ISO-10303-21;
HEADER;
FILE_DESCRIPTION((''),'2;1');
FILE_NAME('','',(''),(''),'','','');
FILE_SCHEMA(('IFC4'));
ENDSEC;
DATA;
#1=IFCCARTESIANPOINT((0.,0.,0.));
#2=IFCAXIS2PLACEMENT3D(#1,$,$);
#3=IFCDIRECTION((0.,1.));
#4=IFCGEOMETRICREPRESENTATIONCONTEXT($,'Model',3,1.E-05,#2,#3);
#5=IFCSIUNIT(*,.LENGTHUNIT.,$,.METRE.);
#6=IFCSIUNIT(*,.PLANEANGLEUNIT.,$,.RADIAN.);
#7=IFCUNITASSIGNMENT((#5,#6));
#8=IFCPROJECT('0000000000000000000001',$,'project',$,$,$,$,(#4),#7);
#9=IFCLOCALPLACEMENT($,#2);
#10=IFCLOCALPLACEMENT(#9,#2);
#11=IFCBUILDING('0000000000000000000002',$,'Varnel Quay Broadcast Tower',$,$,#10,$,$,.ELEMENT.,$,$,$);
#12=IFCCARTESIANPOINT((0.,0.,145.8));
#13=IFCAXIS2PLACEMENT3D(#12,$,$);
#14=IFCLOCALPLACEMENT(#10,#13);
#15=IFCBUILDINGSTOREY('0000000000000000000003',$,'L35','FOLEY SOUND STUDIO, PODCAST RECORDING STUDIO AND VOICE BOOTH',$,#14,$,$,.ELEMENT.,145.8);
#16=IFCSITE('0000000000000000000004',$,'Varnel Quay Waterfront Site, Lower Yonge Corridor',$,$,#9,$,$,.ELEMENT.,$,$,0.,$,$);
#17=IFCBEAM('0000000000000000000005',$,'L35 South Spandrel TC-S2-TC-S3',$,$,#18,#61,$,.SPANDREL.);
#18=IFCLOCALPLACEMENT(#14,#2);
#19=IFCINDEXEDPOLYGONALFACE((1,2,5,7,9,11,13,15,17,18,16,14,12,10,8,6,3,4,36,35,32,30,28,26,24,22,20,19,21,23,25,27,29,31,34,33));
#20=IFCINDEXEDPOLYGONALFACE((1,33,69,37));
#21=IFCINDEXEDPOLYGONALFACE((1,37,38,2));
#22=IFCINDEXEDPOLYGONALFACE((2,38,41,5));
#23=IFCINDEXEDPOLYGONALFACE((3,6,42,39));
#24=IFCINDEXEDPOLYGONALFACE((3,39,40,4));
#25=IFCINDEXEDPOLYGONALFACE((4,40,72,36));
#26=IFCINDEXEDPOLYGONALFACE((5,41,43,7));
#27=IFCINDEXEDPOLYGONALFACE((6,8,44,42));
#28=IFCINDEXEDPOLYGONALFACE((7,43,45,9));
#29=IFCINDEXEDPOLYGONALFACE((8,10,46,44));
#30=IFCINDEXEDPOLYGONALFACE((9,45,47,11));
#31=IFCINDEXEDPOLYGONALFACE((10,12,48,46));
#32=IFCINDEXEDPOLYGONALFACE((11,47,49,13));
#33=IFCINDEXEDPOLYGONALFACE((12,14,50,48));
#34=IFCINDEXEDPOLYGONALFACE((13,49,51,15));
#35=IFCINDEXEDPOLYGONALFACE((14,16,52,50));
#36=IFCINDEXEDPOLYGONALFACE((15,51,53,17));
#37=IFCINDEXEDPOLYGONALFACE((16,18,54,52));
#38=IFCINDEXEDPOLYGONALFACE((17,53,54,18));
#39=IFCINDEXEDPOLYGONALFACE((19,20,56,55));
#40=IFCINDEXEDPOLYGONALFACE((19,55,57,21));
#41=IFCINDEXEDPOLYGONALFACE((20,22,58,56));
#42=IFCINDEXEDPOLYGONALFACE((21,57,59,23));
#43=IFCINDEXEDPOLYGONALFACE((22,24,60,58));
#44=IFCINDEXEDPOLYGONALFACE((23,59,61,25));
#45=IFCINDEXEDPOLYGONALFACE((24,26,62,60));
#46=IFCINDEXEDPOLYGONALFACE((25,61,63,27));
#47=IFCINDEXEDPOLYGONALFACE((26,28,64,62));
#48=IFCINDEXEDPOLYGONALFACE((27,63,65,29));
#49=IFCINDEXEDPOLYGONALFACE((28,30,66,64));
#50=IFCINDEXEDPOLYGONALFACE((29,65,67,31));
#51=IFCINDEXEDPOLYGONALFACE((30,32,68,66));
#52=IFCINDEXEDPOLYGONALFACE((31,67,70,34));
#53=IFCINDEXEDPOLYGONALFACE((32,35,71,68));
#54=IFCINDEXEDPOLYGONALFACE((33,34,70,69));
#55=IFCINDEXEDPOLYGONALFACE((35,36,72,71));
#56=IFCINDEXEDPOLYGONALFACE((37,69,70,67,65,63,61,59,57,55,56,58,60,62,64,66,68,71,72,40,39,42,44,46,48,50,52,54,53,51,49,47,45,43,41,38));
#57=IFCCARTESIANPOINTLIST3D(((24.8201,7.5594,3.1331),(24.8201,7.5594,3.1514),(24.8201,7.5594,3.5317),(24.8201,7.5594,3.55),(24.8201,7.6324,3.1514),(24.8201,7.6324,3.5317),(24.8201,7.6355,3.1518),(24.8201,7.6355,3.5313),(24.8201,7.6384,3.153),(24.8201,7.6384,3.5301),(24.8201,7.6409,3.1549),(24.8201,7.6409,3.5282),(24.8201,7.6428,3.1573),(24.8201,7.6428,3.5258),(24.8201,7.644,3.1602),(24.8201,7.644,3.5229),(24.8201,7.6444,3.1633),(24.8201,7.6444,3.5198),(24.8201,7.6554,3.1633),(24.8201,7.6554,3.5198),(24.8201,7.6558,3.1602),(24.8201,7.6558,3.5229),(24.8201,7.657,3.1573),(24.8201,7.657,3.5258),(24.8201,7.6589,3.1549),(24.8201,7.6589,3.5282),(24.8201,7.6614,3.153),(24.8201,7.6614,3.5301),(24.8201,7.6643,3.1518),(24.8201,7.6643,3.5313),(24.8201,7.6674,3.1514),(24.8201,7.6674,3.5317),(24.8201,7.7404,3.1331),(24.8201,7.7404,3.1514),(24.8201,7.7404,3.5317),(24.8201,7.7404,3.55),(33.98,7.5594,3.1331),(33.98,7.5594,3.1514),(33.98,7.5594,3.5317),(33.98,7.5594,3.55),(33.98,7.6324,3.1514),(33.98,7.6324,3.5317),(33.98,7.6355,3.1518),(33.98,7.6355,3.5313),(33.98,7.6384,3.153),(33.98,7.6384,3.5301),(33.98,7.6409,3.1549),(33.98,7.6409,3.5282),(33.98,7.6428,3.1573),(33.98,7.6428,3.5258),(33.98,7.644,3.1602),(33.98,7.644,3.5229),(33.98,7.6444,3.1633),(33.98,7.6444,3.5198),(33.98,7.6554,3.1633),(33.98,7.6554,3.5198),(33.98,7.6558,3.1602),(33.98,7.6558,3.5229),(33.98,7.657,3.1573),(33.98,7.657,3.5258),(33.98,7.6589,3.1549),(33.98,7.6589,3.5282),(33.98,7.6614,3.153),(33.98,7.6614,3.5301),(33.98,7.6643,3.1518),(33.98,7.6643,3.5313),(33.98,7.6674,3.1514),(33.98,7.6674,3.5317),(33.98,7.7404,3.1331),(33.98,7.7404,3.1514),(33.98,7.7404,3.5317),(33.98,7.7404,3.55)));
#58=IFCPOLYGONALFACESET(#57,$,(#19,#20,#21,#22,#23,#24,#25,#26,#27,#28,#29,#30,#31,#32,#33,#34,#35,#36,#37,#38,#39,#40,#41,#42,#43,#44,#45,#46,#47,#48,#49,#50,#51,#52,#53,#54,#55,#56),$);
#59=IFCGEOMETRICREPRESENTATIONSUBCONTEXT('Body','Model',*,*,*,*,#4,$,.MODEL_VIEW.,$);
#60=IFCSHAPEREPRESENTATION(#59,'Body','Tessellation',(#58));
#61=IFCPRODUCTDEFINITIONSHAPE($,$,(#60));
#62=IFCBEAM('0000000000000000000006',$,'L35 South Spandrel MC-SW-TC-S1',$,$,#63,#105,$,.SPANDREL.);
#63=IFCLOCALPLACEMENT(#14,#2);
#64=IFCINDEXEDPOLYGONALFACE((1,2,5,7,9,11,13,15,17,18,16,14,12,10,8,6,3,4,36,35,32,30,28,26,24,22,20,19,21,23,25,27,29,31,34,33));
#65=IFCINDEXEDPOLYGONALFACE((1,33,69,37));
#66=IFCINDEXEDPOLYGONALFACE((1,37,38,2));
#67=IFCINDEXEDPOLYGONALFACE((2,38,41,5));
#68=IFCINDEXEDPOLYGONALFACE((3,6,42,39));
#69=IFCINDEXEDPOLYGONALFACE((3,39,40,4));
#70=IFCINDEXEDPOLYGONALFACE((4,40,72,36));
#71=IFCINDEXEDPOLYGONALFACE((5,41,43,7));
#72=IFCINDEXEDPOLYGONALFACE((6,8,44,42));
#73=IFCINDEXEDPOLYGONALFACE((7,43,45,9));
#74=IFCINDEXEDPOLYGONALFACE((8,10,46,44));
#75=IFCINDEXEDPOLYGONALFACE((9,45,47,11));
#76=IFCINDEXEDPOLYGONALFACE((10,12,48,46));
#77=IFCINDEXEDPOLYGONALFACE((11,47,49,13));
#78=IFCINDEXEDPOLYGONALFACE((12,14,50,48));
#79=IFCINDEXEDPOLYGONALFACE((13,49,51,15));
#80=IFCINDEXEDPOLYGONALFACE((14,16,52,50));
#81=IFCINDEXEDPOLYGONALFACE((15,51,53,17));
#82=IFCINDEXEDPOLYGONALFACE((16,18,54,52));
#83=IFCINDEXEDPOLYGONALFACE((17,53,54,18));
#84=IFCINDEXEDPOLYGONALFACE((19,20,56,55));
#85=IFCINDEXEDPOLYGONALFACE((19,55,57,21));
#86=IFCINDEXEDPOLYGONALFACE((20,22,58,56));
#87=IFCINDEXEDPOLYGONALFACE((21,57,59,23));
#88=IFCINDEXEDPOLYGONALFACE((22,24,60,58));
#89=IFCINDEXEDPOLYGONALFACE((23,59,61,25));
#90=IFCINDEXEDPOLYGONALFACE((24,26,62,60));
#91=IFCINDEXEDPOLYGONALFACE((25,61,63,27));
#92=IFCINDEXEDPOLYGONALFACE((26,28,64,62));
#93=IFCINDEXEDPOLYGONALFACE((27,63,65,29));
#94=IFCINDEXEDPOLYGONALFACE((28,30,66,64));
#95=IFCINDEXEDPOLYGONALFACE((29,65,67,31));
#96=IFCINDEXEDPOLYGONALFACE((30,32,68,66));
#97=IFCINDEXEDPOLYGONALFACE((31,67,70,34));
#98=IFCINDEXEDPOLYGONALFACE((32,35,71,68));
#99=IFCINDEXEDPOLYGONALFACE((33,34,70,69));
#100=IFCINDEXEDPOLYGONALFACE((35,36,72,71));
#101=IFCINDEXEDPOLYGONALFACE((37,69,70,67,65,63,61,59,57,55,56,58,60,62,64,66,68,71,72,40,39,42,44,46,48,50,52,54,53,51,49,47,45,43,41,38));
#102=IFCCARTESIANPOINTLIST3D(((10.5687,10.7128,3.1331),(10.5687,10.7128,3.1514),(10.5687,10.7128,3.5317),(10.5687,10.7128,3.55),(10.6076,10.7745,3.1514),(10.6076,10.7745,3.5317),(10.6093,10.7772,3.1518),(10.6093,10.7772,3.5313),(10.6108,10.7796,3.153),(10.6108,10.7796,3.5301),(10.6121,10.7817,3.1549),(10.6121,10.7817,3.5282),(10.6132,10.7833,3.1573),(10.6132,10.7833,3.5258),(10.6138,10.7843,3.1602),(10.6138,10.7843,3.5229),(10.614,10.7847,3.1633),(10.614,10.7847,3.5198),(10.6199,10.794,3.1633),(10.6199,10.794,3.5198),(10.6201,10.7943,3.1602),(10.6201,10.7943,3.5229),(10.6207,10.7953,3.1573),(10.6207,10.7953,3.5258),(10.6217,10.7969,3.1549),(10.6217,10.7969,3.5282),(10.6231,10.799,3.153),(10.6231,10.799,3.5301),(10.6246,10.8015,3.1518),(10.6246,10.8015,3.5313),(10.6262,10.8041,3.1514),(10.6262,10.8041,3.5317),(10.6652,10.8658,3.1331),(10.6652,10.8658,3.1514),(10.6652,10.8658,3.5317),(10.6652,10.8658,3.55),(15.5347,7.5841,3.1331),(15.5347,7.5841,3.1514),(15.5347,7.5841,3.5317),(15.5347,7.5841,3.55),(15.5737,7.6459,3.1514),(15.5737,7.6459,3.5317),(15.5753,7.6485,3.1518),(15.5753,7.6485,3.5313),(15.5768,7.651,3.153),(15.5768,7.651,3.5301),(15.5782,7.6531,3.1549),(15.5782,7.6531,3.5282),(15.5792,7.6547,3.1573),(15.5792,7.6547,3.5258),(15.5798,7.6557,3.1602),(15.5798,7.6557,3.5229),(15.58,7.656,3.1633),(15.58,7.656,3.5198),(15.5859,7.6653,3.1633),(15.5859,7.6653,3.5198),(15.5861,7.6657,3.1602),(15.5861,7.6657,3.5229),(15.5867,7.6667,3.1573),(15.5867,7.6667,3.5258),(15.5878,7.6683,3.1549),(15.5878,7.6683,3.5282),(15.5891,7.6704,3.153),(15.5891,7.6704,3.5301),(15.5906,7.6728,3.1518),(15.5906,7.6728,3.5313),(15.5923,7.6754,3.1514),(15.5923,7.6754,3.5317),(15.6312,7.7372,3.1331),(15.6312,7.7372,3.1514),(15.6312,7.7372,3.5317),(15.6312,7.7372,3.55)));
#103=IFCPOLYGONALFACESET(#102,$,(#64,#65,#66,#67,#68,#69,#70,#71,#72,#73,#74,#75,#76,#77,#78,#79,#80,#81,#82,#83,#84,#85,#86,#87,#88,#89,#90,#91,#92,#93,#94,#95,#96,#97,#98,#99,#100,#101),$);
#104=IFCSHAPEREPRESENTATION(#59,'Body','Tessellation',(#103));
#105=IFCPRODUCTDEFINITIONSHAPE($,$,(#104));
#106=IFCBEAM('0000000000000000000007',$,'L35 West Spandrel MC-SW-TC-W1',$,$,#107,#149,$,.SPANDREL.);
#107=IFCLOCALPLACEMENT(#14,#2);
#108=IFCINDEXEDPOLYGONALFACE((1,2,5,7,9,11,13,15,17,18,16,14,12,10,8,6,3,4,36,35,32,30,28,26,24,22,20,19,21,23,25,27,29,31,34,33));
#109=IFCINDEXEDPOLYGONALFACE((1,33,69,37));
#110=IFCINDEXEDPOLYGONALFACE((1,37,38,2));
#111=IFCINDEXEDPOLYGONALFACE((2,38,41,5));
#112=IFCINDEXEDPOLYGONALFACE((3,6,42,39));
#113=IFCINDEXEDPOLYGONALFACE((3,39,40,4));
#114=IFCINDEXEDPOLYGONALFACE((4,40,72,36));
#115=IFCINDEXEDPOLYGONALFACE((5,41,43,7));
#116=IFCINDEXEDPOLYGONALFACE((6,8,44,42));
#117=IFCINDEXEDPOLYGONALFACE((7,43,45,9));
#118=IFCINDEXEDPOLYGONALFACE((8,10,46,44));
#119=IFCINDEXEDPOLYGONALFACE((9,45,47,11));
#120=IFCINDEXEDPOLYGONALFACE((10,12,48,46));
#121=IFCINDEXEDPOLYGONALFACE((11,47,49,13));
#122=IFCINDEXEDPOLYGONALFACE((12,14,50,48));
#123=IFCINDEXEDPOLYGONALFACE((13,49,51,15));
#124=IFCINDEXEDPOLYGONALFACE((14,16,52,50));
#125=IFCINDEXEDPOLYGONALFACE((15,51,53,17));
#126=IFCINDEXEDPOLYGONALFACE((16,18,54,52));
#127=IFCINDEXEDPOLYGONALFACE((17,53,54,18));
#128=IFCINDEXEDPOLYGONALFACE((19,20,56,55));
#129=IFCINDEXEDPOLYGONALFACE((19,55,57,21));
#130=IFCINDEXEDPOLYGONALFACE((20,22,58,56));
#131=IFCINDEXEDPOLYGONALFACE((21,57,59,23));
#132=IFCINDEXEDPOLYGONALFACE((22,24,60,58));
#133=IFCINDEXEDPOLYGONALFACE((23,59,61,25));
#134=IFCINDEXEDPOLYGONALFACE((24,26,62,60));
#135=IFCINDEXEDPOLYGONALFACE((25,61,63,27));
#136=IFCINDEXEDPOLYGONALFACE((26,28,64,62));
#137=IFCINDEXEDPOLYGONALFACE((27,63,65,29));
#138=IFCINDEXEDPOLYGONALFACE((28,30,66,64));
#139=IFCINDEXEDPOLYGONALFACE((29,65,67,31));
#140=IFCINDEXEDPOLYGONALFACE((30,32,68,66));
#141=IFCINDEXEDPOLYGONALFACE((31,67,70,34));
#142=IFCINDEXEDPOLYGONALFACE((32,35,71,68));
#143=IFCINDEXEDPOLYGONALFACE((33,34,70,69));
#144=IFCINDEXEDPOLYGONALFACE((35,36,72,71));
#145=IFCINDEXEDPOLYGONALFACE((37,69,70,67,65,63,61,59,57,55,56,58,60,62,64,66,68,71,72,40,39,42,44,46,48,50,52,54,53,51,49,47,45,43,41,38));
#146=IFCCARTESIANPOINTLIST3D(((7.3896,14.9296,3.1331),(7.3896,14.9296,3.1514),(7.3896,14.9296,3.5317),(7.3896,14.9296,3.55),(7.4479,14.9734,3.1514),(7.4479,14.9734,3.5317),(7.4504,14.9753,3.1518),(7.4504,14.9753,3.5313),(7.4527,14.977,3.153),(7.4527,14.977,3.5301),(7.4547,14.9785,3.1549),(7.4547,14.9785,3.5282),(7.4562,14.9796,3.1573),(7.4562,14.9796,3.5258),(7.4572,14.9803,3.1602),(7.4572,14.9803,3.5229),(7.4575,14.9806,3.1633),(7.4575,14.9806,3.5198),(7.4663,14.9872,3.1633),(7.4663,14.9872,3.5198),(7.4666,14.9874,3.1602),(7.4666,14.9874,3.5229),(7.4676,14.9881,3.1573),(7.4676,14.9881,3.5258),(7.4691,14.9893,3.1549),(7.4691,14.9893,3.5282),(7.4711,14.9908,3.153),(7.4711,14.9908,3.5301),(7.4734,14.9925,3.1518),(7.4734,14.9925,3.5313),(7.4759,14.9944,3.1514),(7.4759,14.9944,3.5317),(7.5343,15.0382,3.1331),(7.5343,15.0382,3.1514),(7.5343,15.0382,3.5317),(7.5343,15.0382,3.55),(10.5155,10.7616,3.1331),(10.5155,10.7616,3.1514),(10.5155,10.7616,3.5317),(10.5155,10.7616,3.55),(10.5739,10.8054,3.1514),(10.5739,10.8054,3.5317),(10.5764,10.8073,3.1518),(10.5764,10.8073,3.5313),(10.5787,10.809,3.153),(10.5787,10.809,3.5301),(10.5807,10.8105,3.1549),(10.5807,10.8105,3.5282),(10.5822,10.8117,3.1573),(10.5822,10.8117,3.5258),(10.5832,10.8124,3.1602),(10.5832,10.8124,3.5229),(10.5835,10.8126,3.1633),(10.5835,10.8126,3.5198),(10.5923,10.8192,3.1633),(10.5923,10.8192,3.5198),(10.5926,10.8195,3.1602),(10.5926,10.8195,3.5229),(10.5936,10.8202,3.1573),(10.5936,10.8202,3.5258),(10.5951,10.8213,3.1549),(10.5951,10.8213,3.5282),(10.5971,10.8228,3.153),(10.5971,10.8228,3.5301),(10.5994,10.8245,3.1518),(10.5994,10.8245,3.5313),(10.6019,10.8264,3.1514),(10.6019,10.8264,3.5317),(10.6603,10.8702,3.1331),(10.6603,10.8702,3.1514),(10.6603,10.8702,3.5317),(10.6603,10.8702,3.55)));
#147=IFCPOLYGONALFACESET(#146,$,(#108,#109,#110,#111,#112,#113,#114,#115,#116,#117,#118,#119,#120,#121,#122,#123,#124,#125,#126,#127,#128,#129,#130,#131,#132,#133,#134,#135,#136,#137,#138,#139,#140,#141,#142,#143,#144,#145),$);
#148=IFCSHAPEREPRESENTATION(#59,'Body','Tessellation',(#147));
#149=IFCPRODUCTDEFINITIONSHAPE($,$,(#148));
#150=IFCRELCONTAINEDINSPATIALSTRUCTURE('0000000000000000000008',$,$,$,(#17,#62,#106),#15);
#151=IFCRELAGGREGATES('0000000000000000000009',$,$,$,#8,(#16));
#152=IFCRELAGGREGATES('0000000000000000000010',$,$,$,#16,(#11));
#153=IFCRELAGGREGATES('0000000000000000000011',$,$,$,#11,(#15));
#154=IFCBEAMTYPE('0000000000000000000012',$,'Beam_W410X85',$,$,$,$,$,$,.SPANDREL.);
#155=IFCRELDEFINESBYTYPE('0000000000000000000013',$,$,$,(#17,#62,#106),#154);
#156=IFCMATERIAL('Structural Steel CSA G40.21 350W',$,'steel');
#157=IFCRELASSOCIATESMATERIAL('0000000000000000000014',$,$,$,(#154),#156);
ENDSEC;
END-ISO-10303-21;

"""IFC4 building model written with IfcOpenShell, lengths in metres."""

from ifc_helpers import new_model, si_unit, direction, frame, origin, origin_2d, place, context, subcontext, project, spatial, i_section, extrude, source, transform, mapped, material, material_profile, profile_set, type_object, type_shapes, element, save


model = new_model("IFC4")

# Units and contexts
model_context = context("Model", 3, precision=1e-05, world=origin(), true_north=direction((0.0, 1.0)))
body_context = subcontext(model_context, "Body", "Model", "MODEL_VIEW")
ifc_project = project(units=[si_unit("LENGTHUNIT", "METRE"), si_unit("PLANEANGLEUNIT", "RADIAN")], contexts=[model_context])

# Site, building, storey
site_placement = place(None, origin())
site = spatial("IfcSite", under=ifc_project, at=site_placement, Name="Varnel Quay Waterfront Site, Lower Yonge Corridor", CompositionType="ELEMENT", RefElevation=0.0)
building_placement = place(site_placement, origin())
building = spatial("IfcBuilding", under=site, at=building_placement, Name="Varnel Quay Broadcast Tower", CompositionType="ELEMENT")
storey_placement = place(building_placement, frame((0.0, 0.0, 145.8)))
storey = spatial("IfcBuildingStorey", under=building, at=storey_placement, Name="L35", Description="FOLEY SOUND STUDIO, PODCAST RECORDING STUDIO AND VOICE BOOTH", CompositionType="ELEMENT", Elevation=145.8)

# Shared definitions
ifc_material_1 = material(Name="Structural Steel CSA G40.21 350W", Category="steel")

# Beams
ifc_material_profile_1 = material_profile(ifc_material_1, i_section(OverallWidth=0.1809, OverallDepth=0.417, WebThickness=0.011, FlangeThickness=0.0183, FilletRadius=0.012, at=origin_2d()), Name="W410X85")
ifc_profile_set_1 = profile_set([ifc_material_profile_1], Name="Structural Steel CSA G40.21 350W")
beam_type_1 = type_object("IfcBeamType", Name="Beam_W410X85", PredefinedType="SPANDREL", material=ifc_profile_set_1)
shared_shape_1 = source(origin(), body_context, "Body", "SweptSolid", [
    extrude(i_section(OverallWidth=0.1809, OverallDepth=0.417, WebThickness=0.011, FlangeThickness=0.0183, FilletRadius=0.012, at=origin_2d()), origin(), (0.0, 0.0, 1.0), 9.1599),
])
for number, where, z_axis, x_axis, name in (
    (1, (24.8201, 7.6499, 3.3416), (1.0, 0.0, 0.0), (0.0, 1.0, 0.0), "L35 South Spandrel TC-S2-TC-S3"),
):
    element("IfcBeam", number, at=place(storey_placement, frame(where, z_axis=z_axis, x_axis=x_axis)), inside=storey, type_object=beam_type_1, Name=name, PredefinedType="SPANDREL", context=body_context, shape_type="MappedRepresentation", body=[
        mapped(shared_shape_1, transform((0.0, 0.0, 0.0), x_axis=(1.0, 0.0, 0.0), y_axis=(0.0, 1.0, 0.0), z_axis=(0.0, 0.0, 1.0), scale=1.0)),
    ])
shared_shape_2 = source(origin(), body_context, "Body", "SweptSolid", [
    extrude(i_section(OverallWidth=0.1809, OverallDepth=0.417, WebThickness=0.011, FlangeThickness=0.0183, FilletRadius=0.012, at=origin_2d()), origin(), (0.0, 0.0, 1.0), 5.8694),
])
beam_1_placement = place(storey_placement, frame((10.6169, 10.7893, 3.3416), z_axis=(0.846088, -0.533043, 0.0), x_axis=(0.533043, 0.846088, 0.0)))
element("IfcBeam", 2, at=beam_1_placement, inside=storey, type_object=beam_type_1, Name="L35 South Spandrel MC-SW-TC-S1", PredefinedType="SPANDREL", context=body_context, shape_type="MappedRepresentation", body=[
    mapped(shared_shape_2, transform((0.0, 0.0, 0.0), x_axis=(1.0, 0.0, 0.0), y_axis=(0.0, 1.0, 0.0), z_axis=(0.0, 0.0, 1.0), scale=1.0)),
])
shared_shape_3 = source(origin(), body_context, "Body", "SweptSolid", [
    extrude(i_section(OverallWidth=0.1809, OverallDepth=0.417, WebThickness=0.011, FlangeThickness=0.0183, FilletRadius=0.012, at=origin_2d()), origin(), (0.0, 0.0, 1.0), 5.21),
])
type_shapes(beam_type_1, [shared_shape_1, shared_shape_2, shared_shape_3])
beam_2_placement = place(storey_placement, frame((10.5879, 10.8159, 3.3416), z_axis=(-0.6, 0.8, 0.0), x_axis=(-0.8, -0.6, 0.0)))
element("IfcBeam", 3, at=beam_2_placement, inside=storey, type_object=beam_type_1, Name="L35 West Spandrel MC-SW-TC-W1", PredefinedType="SPANDREL", context=body_context, shape_type="MappedRepresentation", body=[
    mapped(shared_shape_3, transform((0.0, 0.0, 0.0), x_axis=(1.0, 0.0, 0.0), y_axis=(0.0, 1.0, 0.0), z_axis=(0.0, 0.0, 1.0), scale=1.0)),
])

save(model, "model.ifc")
